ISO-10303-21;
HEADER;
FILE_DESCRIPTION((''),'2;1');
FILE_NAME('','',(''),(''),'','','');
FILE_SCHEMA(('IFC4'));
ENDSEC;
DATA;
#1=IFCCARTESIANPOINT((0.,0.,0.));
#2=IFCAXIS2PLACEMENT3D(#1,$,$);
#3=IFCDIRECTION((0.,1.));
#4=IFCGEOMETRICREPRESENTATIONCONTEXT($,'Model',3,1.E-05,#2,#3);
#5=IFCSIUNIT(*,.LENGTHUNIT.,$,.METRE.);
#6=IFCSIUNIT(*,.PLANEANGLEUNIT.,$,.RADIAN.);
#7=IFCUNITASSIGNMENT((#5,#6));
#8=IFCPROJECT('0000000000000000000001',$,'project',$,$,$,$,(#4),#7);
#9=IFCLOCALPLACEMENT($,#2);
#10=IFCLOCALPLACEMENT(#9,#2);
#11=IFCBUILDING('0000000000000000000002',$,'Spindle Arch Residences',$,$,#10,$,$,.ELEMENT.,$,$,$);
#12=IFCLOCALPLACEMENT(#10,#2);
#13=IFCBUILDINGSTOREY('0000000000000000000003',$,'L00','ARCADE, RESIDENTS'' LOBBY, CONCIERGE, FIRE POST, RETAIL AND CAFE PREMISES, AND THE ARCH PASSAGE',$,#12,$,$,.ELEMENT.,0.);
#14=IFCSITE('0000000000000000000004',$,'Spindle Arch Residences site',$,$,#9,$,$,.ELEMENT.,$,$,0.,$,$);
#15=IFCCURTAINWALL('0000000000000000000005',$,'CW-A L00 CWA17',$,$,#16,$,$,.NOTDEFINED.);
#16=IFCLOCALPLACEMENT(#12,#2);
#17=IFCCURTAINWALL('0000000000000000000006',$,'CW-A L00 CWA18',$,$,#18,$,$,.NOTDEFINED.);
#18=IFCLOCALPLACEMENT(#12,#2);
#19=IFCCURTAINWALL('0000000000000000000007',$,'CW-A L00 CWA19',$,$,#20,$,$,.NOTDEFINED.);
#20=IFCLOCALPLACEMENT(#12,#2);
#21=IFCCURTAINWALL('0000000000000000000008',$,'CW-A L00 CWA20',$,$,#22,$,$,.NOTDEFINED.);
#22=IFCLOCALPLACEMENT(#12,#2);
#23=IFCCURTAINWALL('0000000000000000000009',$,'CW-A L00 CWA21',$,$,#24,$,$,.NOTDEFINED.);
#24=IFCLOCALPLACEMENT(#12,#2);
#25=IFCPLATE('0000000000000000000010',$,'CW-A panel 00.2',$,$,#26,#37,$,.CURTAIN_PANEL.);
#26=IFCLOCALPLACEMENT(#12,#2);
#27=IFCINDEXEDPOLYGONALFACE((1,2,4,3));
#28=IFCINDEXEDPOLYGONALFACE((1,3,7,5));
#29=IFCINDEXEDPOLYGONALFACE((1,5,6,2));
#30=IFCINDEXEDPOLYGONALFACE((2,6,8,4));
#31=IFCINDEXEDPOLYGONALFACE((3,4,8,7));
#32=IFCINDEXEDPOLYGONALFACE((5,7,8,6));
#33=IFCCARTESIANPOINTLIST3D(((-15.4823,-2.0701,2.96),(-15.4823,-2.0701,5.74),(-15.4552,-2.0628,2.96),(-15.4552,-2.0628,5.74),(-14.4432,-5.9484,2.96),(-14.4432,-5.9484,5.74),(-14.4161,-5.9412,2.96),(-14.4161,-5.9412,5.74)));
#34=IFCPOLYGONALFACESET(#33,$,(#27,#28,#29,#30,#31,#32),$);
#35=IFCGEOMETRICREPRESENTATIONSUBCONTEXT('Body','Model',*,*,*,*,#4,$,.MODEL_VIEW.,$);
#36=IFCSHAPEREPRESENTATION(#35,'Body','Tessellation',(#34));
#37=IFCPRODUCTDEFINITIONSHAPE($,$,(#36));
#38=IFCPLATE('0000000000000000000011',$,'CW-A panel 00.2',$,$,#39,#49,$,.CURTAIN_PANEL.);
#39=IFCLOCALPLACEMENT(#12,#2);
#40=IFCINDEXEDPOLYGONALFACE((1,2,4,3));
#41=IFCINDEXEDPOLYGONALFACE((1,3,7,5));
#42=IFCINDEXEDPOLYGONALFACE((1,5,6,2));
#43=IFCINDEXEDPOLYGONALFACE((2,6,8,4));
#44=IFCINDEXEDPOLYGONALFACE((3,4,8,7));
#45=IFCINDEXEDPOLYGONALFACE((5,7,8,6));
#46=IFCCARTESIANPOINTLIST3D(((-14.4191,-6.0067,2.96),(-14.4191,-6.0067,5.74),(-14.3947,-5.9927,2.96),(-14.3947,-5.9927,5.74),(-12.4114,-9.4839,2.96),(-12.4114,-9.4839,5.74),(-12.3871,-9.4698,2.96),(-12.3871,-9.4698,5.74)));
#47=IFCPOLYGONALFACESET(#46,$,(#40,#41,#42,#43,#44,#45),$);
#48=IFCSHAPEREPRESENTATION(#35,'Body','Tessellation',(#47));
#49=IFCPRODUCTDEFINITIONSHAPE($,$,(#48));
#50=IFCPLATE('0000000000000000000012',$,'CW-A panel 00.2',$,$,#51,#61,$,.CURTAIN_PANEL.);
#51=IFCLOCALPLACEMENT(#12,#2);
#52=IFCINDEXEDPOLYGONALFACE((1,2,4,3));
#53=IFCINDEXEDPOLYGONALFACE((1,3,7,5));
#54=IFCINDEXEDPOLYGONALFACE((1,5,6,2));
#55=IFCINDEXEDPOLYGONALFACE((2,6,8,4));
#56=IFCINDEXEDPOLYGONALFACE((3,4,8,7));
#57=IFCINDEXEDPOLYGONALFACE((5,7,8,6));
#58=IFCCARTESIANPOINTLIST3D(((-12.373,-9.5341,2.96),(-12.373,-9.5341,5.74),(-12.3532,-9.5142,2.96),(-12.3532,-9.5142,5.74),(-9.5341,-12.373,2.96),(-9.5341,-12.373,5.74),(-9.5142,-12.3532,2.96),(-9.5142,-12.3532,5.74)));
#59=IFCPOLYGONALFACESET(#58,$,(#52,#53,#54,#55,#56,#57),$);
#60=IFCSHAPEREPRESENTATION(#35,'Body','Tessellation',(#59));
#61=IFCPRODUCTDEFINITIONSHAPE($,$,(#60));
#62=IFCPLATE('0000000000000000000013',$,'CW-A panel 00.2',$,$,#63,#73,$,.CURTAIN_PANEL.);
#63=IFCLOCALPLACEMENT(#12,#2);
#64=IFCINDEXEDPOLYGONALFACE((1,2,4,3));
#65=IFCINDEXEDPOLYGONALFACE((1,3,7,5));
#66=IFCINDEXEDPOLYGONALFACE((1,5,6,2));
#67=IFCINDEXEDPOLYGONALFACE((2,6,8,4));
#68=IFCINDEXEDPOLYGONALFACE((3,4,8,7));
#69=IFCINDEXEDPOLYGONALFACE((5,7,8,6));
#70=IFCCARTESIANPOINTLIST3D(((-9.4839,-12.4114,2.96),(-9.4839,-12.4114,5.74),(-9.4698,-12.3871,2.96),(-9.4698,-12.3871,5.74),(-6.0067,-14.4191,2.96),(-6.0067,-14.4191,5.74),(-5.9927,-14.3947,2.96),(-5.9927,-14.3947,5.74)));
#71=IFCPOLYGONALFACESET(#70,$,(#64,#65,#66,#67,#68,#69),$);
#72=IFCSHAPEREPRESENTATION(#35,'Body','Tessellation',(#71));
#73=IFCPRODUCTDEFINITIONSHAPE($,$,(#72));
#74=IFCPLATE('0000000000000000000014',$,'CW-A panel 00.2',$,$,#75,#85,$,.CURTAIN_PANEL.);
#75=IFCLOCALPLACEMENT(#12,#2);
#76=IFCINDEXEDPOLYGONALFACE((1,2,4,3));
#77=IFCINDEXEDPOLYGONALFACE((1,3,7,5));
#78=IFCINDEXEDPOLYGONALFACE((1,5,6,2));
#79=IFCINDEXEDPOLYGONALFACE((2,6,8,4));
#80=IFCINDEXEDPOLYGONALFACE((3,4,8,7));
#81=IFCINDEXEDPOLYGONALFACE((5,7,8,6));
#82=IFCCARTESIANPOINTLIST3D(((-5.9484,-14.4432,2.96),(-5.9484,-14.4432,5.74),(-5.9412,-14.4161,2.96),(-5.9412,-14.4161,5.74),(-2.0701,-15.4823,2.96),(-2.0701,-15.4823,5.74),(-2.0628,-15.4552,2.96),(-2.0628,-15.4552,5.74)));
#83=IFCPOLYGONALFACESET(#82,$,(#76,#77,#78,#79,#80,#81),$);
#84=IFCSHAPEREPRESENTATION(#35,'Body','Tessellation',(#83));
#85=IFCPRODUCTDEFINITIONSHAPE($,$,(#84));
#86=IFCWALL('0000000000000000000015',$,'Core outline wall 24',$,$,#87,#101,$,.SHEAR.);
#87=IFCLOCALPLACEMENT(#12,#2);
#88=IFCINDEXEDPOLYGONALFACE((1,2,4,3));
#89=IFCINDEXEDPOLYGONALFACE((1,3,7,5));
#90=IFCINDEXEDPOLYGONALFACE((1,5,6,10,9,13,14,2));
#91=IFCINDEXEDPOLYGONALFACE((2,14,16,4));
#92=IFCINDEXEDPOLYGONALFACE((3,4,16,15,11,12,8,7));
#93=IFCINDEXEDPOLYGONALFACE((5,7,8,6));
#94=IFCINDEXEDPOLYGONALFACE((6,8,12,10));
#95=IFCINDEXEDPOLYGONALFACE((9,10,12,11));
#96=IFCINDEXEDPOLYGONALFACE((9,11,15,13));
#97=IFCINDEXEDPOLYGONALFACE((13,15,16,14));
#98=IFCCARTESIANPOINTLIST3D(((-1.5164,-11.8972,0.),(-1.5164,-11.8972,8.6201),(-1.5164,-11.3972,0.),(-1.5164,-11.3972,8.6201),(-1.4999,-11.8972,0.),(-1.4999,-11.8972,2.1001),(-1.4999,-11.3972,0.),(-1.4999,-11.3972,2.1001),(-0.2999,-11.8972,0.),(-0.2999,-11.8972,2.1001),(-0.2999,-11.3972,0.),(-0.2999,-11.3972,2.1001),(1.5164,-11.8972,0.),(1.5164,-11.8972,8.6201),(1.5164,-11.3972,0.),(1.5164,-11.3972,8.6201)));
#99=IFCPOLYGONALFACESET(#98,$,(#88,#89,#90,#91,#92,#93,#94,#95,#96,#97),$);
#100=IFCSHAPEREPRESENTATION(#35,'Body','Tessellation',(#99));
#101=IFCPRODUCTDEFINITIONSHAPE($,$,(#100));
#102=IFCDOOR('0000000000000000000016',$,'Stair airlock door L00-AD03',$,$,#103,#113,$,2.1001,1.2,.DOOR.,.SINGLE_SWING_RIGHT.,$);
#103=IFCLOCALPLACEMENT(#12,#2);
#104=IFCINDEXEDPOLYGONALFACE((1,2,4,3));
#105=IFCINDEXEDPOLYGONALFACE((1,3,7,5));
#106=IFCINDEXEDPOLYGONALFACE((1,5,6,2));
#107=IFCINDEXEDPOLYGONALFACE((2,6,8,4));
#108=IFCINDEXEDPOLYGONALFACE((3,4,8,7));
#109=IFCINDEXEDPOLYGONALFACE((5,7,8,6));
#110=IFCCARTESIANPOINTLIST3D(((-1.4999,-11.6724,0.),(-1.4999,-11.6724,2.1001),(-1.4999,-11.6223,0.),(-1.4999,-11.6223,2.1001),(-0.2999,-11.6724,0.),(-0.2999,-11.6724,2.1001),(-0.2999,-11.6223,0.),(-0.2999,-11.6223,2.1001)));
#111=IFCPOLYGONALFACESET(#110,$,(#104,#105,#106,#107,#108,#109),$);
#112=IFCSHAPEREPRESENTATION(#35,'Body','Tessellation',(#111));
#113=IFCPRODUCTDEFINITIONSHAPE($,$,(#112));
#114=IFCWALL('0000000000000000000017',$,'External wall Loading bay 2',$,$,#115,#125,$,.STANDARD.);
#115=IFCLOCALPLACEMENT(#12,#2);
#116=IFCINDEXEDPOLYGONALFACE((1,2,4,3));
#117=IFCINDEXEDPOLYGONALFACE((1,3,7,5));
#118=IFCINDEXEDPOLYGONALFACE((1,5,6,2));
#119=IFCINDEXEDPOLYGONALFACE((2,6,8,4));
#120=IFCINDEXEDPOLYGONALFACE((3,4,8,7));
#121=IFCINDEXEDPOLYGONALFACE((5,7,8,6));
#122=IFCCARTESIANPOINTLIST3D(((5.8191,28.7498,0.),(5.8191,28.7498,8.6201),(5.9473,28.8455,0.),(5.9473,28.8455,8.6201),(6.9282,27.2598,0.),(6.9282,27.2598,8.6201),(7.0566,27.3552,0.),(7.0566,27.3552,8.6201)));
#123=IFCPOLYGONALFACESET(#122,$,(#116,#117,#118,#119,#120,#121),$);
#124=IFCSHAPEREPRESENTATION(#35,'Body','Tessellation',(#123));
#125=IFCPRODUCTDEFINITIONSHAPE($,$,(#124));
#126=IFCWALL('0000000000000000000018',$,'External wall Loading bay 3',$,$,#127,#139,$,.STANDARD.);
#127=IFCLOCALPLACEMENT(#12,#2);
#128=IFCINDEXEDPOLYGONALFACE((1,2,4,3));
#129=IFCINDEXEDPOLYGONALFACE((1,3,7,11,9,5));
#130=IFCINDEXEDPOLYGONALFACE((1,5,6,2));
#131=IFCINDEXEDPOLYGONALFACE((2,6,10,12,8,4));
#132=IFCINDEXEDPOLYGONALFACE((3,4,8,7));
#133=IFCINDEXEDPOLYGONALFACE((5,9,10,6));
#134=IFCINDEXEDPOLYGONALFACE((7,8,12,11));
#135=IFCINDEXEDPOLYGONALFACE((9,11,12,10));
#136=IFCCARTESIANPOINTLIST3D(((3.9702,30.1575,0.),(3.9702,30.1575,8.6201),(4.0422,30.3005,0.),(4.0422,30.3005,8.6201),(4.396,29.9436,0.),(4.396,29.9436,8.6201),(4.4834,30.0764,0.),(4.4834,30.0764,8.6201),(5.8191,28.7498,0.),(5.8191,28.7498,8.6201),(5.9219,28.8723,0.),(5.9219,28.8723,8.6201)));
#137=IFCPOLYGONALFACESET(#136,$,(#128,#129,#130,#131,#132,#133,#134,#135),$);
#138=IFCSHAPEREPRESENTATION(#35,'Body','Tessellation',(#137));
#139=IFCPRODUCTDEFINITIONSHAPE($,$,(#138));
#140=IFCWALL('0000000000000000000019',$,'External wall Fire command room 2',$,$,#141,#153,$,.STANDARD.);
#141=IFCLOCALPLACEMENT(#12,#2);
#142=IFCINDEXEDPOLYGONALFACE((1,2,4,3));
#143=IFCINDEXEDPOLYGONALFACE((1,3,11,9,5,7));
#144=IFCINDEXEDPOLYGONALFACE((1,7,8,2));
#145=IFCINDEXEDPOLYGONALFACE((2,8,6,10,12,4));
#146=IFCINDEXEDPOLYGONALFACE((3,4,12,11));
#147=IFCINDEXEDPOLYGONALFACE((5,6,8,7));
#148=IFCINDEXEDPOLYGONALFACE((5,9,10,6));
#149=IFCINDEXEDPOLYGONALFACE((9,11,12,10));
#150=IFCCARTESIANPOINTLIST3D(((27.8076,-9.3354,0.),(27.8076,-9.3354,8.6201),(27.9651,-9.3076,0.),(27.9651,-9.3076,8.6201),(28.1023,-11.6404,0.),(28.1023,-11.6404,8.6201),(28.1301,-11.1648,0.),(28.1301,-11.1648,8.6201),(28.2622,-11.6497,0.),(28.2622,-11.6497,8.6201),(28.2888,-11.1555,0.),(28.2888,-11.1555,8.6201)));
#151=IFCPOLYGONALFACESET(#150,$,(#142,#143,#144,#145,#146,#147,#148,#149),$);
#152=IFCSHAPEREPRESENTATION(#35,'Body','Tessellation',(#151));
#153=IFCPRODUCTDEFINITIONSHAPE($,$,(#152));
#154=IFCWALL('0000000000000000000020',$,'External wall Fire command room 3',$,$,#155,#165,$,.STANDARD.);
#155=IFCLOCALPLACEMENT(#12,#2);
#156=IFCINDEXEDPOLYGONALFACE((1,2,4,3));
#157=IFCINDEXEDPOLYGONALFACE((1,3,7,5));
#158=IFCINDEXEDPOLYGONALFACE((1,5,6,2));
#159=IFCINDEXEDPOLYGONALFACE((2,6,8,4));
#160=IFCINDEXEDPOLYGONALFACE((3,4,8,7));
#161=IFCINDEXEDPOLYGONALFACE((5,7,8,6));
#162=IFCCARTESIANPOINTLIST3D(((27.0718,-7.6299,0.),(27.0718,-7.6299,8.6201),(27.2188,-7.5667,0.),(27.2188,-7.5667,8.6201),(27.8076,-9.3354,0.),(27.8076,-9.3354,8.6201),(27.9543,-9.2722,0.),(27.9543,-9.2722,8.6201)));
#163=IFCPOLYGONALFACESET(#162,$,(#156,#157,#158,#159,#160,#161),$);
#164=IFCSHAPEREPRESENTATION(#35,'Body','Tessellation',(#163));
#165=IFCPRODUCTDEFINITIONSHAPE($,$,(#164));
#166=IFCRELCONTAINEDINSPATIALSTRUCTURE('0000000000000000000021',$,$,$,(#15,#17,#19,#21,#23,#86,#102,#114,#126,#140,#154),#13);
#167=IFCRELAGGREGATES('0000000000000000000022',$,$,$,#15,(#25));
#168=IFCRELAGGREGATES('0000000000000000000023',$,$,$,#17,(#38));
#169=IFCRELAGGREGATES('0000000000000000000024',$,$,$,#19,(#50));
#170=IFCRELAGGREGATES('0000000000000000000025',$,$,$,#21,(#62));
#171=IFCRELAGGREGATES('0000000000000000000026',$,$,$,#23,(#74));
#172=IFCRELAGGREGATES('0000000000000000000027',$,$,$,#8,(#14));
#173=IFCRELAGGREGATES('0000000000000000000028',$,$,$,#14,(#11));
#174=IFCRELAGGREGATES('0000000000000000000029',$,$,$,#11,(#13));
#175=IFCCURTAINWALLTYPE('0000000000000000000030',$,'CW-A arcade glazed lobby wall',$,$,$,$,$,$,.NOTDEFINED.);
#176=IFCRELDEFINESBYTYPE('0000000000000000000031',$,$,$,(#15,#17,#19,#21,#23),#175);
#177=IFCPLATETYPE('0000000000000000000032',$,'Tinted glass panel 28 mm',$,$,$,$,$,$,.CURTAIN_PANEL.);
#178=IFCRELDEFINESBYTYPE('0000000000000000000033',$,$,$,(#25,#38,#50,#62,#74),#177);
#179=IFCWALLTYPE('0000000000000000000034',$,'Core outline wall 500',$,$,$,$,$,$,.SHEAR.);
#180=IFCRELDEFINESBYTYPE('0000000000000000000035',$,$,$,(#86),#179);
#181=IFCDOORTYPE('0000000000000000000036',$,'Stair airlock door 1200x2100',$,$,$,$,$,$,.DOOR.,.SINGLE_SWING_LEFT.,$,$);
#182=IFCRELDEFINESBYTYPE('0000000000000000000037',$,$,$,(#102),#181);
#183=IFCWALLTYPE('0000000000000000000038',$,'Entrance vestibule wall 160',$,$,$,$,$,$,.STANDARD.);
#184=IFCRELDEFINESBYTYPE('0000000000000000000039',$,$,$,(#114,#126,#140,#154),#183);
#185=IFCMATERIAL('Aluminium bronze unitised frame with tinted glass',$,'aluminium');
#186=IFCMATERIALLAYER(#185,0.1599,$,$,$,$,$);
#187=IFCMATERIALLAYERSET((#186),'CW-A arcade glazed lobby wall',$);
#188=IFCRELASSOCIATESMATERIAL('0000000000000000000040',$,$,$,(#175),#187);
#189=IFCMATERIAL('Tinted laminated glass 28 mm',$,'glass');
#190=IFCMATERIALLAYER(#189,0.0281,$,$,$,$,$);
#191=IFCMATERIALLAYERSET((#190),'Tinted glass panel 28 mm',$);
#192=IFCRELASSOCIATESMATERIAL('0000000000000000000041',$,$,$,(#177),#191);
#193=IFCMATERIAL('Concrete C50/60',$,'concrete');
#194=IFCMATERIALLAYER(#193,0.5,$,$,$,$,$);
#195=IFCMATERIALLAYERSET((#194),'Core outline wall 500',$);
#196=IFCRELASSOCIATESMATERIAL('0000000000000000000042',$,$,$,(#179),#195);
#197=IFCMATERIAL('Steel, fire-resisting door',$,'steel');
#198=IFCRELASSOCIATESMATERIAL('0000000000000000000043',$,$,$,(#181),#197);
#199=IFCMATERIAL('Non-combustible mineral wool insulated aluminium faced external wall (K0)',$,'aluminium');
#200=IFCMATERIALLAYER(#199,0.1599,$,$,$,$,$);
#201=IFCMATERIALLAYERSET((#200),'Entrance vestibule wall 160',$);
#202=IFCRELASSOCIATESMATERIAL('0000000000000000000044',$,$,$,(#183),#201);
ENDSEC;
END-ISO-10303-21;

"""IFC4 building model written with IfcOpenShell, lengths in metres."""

from ifc_helpers import new_model, si_unit, direction, frame, frame_2d, origin, origin_2d, place, context, subcontext, project, spatial, polyline, rectangle, outline, extrude, material, layer, layer_set, type_object, element, fill, aggregate, save


model = new_model("IFC4")

# Units and contexts
model_context = context("Model", 3, precision=1e-05, world=origin(), true_north=direction((0.0, 1.0)))
body_context = subcontext(model_context, "Body", "Model", "MODEL_VIEW")
ifc_project = project(units=[si_unit("LENGTHUNIT", "METRE"), si_unit("PLANEANGLEUNIT", "RADIAN")], contexts=[model_context])

# Site, building, storey
site_placement = place(None, origin())
site = spatial("IfcSite", under=ifc_project, at=site_placement, Name="Spindle Arch Residences site", CompositionType="ELEMENT", RefElevation=0.0)
building_placement = place(site_placement, origin())
building = spatial("IfcBuilding", under=site, at=building_placement, Name="Spindle Arch Residences", CompositionType="ELEMENT")
storey_placement = place(building_placement, origin())
storey = spatial("IfcBuildingStorey", under=building, at=storey_placement, Name="L00", Description="ARCADE, RESIDENTS' LOBBY, CONCIERGE, FIRE POST, RETAIL AND CAFE PREMISES, AND THE ARCH PASSAGE", CompositionType="ELEMENT", Elevation=0.0)

# Curtain walls
ifc_material_1 = material(Name="Aluminium bronze unitised frame with tinted glass", Category="aluminium")
ifc_layer_1 = layer(ifc_material_1, 0.1599)
ifc_layer_set_1 = layer_set([ifc_layer_1], Name="CW-A arcade glazed lobby wall")
curtain_wall_type = type_object("IfcCurtainWallType", Name="CW-A arcade glazed lobby wall", PredefinedType="NOTDEFINED", material=ifc_layer_set_1)
curtain_wall_1_placement = place(storey_placement, origin())
curtain_wall_1 = element("IfcCurtainWall", 1, at=curtain_wall_1_placement, inside=storey, type_object=curtain_wall_type, Name="CW-A L00 CWA17", PredefinedType="NOTDEFINED")
curtain_wall_2_placement = place(storey_placement, origin())
curtain_wall_2 = element("IfcCurtainWall", 2, at=curtain_wall_2_placement, inside=storey, type_object=curtain_wall_type, Name="CW-A L00 CWA18", PredefinedType="NOTDEFINED")
curtain_wall_3_placement = place(storey_placement, origin())
curtain_wall_3 = element("IfcCurtainWall", 3, at=curtain_wall_3_placement, inside=storey, type_object=curtain_wall_type, Name="CW-A L00 CWA19", PredefinedType="NOTDEFINED")

# Curtain walls
curtain_wall_4_placement = place(storey_placement, origin())
curtain_wall_4 = element("IfcCurtainWall", 4, at=curtain_wall_4_placement, inside=storey, type_object=curtain_wall_type, Name="CW-A L00 CWA20", PredefinedType="NOTDEFINED")
curtain_wall_5_placement = place(storey_placement, origin())
curtain_wall_5 = element("IfcCurtainWall", 5, at=curtain_wall_5_placement, inside=storey, type_object=curtain_wall_type, Name="CW-A L00 CWA21", PredefinedType="NOTDEFINED")

# Shared definitions
ifc_material_2 = material(Name="Tinted laminated glass 28 mm", Category="glass")
ifc_layer_2 = layer(ifc_material_2, 0.0281)
ifc_layer_set_2 = layer_set([ifc_layer_2], Name="Tinted glass panel 28 mm")
plate_type = type_object("IfcPlateType", Name="Tinted glass panel 28 mm", PredefinedType="CURTAIN_PANEL", material=ifc_layer_set_2)

# Plates
plate_1_placement = place(storey_placement, frame((-14.9492, -4.0056, 2.96), z_axis=(0.0, 0.0, 1.0), x_axis=(0.258786, -0.965935, 0.0)))
plate_1 = element("IfcPlate", 6, at=plate_1_placement, type_object=plate_type, Name="CW-A panel 00.2", PredefinedType="CURTAIN_PANEL", context=body_context, shape_type="SweptSolid", body=[
    extrude(rectangle(XDim=4.0151, YDim=0.0281, at=origin_2d()), origin(), (0.0, 0.0, 1.0), 2.78),
])
aggregate(curtain_wall_1, [plate_1])
plate_2_placement = place(storey_placement, frame((-13.4031, -7.7383, 2.96), z_axis=(0.0, 0.0, 1.0), x_axis=(0.500023, -0.866012, 0.0)))
plate_2 = element("IfcPlate", 7, at=plate_2_placement, type_object=plate_type, Name="CW-A panel 00.2", PredefinedType="CURTAIN_PANEL", context=body_context, shape_type="SweptSolid", body=[
    extrude(rectangle(XDim=4.0151, YDim=0.0281, at=origin_2d()), origin(), (0.0, 0.0, 1.0), 2.78),
])
aggregate(curtain_wall_2, [plate_2])
plate_3_placement = place(storey_placement, frame((-10.9436, -10.9436, 2.96), z_axis=(0.0, 0.0, 1.0), x_axis=(0.707107, -0.707107, 0.0)))
plate_3 = element("IfcPlate", 8, at=plate_3_placement, type_object=plate_type, Name="CW-A panel 00.2", PredefinedType="CURTAIN_PANEL", context=body_context, shape_type="SweptSolid", body=[
    extrude(rectangle(XDim=4.0149, YDim=0.0281, at=origin_2d()), origin(), (0.0, 0.0, 1.0), 2.78),
])
aggregate(curtain_wall_3, [plate_3])
plate_4_placement = place(storey_placement, frame((-7.7383, -13.4031, 2.96), z_axis=(0.0, 0.0, 1.0), x_axis=(0.866012, -0.500023, 0.0)))
plate_4 = element("IfcPlate", 9, at=plate_4_placement, type_object=plate_type, Name="CW-A panel 00.2", PredefinedType="CURTAIN_PANEL", context=body_context, shape_type="SweptSolid", body=[
    extrude(rectangle(XDim=4.0151, YDim=0.0281, at=origin_2d()), origin(), (0.0, 0.0, 1.0), 2.78),
])
aggregate(curtain_wall_4, [plate_4])
plate_5_placement = place(storey_placement, frame((-4.0056, -14.9492, 2.96), z_axis=(0.0, 0.0, 1.0), x_axis=(0.965935, -0.258786, 0.0)))
plate_5 = element("IfcPlate", 10, at=plate_5_placement, type_object=plate_type, Name="CW-A panel 00.2", PredefinedType="CURTAIN_PANEL", context=body_context, shape_type="SweptSolid", body=[
    extrude(rectangle(XDim=4.0151, YDim=0.0281, at=origin_2d()), origin(), (0.0, 0.0, 1.0), 2.78),
])
aggregate(curtain_wall_5, [plate_5])

# Wall, opening, door
ifc_material_3 = material(Name="Concrete C50/60", Category="concrete")
ifc_layer_3 = layer(ifc_material_3, 0.5)
ifc_layer_set_3 = layer_set([ifc_layer_3], Name="Core outline wall 500")
wall_type_1 = type_object("IfcWallType", Name="Core outline wall 500", PredefinedType="SHEAR", material=ifc_layer_set_3)
wall_1_placement = place(storey_placement, frame((-1.5164, -11.6472, 0.0), z_axis=(0.0, 0.0, 1.0), x_axis=(1.0, 0.0, 0.0)))
wall_1 = element("IfcWall", 11, at=wall_1_placement, inside=storey, type_object=wall_type_1, Name="Core outline wall 24", PredefinedType="SHEAR", context=body_context, shape_type="SweptSolid", body=[
    extrude(rectangle(XDim=3.0327, YDim=0.5, at=frame_2d((1.5164, 0.0))), origin(), (0.0, 0.0, 1.0), 8.6201),
])
opening_placement = place(wall_1_placement, frame((0.0164, 0.0, 0.0)))
opening = element("IfcOpeningElement", 12, at=opening_placement, cuts=wall_1, PredefinedType="OPENING", context=body_context, shape_type="SweptSolid", body=[
    extrude(rectangle(XDim=1.2, YDim=2.1001, at=frame_2d((0.6001, 1.05))), frame((0.0, 0.26, 0.0), z_axis=(0.0, -1.0, 0.0), x_axis=(1.0, 0.0, 0.0)), (0.0, 0.0, 1.0), 0.52),
])
ifc_material_4 = material(Name="Steel, fire-resisting door", Category="steel")
door_type = type_object("IfcDoorType", Name="Stair airlock door 1200x2100", OperationType="SINGLE_SWING_LEFT", PredefinedType="DOOR", material=ifc_material_4)
door_placement = place(opening_placement, origin())
door = element("IfcDoor", 13, at=door_placement, inside=storey, type_object=door_type, Name="Stair airlock door L00-AD03", OperationType="SINGLE_SWING_RIGHT", OverallHeight=2.1001, OverallWidth=1.2, PredefinedType="DOOR", context=body_context, shape_type="SweptSolid", body=[
    extrude(rectangle(XDim=1.2, YDim=2.1001, at=frame_2d((0.6001, 1.05))), frame((0.0, 0.0249, 0.0), z_axis=(0.0, -1.0, 0.0), x_axis=(1.0, 0.0, 0.0)), (0.0, 0.0, 1.0), 0.05),
])
fill(opening, door)

# Walls
ifc_material_5 = material(Name="Non-combustible mineral wool insulated aluminium faced external wall (K0)", Category="aluminium")
ifc_layer_4 = layer(ifc_material_5, 0.1599)
ifc_layer_set_4 = layer_set([ifc_layer_4], Name="Entrance vestibule wall 160")
wall_type_2 = type_object("IfcWallType", Name="Entrance vestibule wall 160", PredefinedType="STANDARD", material=ifc_layer_set_4)
wall_2_placement = place(storey_placement, origin())
element("IfcWall", 14, at=wall_2_placement, inside=storey, type_object=wall_type_2, Name="External wall Loading bay 2", PredefinedType="STANDARD", context=body_context, shape_type="SweptSolid", body=[
    extrude(outline(polyline([(5.8191, 28.7498), (6.9282, 27.2598), (7.0566, 27.3552), (5.9473, 28.8455), (5.8191, 28.7498)])), origin(), (0.0, 0.0, 1.0), 8.6201),
])
wall_3_placement = place(storey_placement, origin())
element("IfcWall", 15, at=wall_3_placement, inside=storey, type_object=wall_type_2, Name="External wall Loading bay 3", PredefinedType="STANDARD", context=body_context, shape_type="SweptSolid", body=[
    extrude(outline(polyline([(3.9702, 30.1575), (4.396, 29.9436), (5.8191, 28.7498), (5.9219, 28.8723), (4.4834, 30.0764), (4.0422, 30.3005), (3.9702, 30.1575)])), origin(), (0.0, 0.0, 1.0), 8.6201),
])
wall_4_placement = place(storey_placement, origin())
element("IfcWall", 16, at=wall_4_placement, inside=storey, type_object=wall_type_2, Name="External wall Fire command room 2", PredefinedType="STANDARD", context=body_context, shape_type="SweptSolid", body=[
    extrude(outline(polyline([(27.8076, -9.3354), (28.1301, -11.1648), (28.1023, -11.6404), (28.2622, -11.6497), (28.2888, -11.1555), (27.9651, -9.3076), (27.8076, -9.3354)])), origin(), (0.0, 0.0, 1.0), 8.6201),
])
wall_5_placement = place(storey_placement, origin())
element("IfcWall", 17, at=wall_5_placement, inside=storey, type_object=wall_type_2, Name="External wall Fire command room 3", PredefinedType="STANDARD", context=body_context, shape_type="SweptSolid", body=[
    extrude(outline(polyline([(27.0718, -7.6299), (27.8076, -9.3354), (27.9543, -9.2722), (27.2188, -7.5667), (27.0718, -7.6299)])), origin(), (0.0, 0.0, 1.0), 8.6201),
])

save(model, "model.ifc")
